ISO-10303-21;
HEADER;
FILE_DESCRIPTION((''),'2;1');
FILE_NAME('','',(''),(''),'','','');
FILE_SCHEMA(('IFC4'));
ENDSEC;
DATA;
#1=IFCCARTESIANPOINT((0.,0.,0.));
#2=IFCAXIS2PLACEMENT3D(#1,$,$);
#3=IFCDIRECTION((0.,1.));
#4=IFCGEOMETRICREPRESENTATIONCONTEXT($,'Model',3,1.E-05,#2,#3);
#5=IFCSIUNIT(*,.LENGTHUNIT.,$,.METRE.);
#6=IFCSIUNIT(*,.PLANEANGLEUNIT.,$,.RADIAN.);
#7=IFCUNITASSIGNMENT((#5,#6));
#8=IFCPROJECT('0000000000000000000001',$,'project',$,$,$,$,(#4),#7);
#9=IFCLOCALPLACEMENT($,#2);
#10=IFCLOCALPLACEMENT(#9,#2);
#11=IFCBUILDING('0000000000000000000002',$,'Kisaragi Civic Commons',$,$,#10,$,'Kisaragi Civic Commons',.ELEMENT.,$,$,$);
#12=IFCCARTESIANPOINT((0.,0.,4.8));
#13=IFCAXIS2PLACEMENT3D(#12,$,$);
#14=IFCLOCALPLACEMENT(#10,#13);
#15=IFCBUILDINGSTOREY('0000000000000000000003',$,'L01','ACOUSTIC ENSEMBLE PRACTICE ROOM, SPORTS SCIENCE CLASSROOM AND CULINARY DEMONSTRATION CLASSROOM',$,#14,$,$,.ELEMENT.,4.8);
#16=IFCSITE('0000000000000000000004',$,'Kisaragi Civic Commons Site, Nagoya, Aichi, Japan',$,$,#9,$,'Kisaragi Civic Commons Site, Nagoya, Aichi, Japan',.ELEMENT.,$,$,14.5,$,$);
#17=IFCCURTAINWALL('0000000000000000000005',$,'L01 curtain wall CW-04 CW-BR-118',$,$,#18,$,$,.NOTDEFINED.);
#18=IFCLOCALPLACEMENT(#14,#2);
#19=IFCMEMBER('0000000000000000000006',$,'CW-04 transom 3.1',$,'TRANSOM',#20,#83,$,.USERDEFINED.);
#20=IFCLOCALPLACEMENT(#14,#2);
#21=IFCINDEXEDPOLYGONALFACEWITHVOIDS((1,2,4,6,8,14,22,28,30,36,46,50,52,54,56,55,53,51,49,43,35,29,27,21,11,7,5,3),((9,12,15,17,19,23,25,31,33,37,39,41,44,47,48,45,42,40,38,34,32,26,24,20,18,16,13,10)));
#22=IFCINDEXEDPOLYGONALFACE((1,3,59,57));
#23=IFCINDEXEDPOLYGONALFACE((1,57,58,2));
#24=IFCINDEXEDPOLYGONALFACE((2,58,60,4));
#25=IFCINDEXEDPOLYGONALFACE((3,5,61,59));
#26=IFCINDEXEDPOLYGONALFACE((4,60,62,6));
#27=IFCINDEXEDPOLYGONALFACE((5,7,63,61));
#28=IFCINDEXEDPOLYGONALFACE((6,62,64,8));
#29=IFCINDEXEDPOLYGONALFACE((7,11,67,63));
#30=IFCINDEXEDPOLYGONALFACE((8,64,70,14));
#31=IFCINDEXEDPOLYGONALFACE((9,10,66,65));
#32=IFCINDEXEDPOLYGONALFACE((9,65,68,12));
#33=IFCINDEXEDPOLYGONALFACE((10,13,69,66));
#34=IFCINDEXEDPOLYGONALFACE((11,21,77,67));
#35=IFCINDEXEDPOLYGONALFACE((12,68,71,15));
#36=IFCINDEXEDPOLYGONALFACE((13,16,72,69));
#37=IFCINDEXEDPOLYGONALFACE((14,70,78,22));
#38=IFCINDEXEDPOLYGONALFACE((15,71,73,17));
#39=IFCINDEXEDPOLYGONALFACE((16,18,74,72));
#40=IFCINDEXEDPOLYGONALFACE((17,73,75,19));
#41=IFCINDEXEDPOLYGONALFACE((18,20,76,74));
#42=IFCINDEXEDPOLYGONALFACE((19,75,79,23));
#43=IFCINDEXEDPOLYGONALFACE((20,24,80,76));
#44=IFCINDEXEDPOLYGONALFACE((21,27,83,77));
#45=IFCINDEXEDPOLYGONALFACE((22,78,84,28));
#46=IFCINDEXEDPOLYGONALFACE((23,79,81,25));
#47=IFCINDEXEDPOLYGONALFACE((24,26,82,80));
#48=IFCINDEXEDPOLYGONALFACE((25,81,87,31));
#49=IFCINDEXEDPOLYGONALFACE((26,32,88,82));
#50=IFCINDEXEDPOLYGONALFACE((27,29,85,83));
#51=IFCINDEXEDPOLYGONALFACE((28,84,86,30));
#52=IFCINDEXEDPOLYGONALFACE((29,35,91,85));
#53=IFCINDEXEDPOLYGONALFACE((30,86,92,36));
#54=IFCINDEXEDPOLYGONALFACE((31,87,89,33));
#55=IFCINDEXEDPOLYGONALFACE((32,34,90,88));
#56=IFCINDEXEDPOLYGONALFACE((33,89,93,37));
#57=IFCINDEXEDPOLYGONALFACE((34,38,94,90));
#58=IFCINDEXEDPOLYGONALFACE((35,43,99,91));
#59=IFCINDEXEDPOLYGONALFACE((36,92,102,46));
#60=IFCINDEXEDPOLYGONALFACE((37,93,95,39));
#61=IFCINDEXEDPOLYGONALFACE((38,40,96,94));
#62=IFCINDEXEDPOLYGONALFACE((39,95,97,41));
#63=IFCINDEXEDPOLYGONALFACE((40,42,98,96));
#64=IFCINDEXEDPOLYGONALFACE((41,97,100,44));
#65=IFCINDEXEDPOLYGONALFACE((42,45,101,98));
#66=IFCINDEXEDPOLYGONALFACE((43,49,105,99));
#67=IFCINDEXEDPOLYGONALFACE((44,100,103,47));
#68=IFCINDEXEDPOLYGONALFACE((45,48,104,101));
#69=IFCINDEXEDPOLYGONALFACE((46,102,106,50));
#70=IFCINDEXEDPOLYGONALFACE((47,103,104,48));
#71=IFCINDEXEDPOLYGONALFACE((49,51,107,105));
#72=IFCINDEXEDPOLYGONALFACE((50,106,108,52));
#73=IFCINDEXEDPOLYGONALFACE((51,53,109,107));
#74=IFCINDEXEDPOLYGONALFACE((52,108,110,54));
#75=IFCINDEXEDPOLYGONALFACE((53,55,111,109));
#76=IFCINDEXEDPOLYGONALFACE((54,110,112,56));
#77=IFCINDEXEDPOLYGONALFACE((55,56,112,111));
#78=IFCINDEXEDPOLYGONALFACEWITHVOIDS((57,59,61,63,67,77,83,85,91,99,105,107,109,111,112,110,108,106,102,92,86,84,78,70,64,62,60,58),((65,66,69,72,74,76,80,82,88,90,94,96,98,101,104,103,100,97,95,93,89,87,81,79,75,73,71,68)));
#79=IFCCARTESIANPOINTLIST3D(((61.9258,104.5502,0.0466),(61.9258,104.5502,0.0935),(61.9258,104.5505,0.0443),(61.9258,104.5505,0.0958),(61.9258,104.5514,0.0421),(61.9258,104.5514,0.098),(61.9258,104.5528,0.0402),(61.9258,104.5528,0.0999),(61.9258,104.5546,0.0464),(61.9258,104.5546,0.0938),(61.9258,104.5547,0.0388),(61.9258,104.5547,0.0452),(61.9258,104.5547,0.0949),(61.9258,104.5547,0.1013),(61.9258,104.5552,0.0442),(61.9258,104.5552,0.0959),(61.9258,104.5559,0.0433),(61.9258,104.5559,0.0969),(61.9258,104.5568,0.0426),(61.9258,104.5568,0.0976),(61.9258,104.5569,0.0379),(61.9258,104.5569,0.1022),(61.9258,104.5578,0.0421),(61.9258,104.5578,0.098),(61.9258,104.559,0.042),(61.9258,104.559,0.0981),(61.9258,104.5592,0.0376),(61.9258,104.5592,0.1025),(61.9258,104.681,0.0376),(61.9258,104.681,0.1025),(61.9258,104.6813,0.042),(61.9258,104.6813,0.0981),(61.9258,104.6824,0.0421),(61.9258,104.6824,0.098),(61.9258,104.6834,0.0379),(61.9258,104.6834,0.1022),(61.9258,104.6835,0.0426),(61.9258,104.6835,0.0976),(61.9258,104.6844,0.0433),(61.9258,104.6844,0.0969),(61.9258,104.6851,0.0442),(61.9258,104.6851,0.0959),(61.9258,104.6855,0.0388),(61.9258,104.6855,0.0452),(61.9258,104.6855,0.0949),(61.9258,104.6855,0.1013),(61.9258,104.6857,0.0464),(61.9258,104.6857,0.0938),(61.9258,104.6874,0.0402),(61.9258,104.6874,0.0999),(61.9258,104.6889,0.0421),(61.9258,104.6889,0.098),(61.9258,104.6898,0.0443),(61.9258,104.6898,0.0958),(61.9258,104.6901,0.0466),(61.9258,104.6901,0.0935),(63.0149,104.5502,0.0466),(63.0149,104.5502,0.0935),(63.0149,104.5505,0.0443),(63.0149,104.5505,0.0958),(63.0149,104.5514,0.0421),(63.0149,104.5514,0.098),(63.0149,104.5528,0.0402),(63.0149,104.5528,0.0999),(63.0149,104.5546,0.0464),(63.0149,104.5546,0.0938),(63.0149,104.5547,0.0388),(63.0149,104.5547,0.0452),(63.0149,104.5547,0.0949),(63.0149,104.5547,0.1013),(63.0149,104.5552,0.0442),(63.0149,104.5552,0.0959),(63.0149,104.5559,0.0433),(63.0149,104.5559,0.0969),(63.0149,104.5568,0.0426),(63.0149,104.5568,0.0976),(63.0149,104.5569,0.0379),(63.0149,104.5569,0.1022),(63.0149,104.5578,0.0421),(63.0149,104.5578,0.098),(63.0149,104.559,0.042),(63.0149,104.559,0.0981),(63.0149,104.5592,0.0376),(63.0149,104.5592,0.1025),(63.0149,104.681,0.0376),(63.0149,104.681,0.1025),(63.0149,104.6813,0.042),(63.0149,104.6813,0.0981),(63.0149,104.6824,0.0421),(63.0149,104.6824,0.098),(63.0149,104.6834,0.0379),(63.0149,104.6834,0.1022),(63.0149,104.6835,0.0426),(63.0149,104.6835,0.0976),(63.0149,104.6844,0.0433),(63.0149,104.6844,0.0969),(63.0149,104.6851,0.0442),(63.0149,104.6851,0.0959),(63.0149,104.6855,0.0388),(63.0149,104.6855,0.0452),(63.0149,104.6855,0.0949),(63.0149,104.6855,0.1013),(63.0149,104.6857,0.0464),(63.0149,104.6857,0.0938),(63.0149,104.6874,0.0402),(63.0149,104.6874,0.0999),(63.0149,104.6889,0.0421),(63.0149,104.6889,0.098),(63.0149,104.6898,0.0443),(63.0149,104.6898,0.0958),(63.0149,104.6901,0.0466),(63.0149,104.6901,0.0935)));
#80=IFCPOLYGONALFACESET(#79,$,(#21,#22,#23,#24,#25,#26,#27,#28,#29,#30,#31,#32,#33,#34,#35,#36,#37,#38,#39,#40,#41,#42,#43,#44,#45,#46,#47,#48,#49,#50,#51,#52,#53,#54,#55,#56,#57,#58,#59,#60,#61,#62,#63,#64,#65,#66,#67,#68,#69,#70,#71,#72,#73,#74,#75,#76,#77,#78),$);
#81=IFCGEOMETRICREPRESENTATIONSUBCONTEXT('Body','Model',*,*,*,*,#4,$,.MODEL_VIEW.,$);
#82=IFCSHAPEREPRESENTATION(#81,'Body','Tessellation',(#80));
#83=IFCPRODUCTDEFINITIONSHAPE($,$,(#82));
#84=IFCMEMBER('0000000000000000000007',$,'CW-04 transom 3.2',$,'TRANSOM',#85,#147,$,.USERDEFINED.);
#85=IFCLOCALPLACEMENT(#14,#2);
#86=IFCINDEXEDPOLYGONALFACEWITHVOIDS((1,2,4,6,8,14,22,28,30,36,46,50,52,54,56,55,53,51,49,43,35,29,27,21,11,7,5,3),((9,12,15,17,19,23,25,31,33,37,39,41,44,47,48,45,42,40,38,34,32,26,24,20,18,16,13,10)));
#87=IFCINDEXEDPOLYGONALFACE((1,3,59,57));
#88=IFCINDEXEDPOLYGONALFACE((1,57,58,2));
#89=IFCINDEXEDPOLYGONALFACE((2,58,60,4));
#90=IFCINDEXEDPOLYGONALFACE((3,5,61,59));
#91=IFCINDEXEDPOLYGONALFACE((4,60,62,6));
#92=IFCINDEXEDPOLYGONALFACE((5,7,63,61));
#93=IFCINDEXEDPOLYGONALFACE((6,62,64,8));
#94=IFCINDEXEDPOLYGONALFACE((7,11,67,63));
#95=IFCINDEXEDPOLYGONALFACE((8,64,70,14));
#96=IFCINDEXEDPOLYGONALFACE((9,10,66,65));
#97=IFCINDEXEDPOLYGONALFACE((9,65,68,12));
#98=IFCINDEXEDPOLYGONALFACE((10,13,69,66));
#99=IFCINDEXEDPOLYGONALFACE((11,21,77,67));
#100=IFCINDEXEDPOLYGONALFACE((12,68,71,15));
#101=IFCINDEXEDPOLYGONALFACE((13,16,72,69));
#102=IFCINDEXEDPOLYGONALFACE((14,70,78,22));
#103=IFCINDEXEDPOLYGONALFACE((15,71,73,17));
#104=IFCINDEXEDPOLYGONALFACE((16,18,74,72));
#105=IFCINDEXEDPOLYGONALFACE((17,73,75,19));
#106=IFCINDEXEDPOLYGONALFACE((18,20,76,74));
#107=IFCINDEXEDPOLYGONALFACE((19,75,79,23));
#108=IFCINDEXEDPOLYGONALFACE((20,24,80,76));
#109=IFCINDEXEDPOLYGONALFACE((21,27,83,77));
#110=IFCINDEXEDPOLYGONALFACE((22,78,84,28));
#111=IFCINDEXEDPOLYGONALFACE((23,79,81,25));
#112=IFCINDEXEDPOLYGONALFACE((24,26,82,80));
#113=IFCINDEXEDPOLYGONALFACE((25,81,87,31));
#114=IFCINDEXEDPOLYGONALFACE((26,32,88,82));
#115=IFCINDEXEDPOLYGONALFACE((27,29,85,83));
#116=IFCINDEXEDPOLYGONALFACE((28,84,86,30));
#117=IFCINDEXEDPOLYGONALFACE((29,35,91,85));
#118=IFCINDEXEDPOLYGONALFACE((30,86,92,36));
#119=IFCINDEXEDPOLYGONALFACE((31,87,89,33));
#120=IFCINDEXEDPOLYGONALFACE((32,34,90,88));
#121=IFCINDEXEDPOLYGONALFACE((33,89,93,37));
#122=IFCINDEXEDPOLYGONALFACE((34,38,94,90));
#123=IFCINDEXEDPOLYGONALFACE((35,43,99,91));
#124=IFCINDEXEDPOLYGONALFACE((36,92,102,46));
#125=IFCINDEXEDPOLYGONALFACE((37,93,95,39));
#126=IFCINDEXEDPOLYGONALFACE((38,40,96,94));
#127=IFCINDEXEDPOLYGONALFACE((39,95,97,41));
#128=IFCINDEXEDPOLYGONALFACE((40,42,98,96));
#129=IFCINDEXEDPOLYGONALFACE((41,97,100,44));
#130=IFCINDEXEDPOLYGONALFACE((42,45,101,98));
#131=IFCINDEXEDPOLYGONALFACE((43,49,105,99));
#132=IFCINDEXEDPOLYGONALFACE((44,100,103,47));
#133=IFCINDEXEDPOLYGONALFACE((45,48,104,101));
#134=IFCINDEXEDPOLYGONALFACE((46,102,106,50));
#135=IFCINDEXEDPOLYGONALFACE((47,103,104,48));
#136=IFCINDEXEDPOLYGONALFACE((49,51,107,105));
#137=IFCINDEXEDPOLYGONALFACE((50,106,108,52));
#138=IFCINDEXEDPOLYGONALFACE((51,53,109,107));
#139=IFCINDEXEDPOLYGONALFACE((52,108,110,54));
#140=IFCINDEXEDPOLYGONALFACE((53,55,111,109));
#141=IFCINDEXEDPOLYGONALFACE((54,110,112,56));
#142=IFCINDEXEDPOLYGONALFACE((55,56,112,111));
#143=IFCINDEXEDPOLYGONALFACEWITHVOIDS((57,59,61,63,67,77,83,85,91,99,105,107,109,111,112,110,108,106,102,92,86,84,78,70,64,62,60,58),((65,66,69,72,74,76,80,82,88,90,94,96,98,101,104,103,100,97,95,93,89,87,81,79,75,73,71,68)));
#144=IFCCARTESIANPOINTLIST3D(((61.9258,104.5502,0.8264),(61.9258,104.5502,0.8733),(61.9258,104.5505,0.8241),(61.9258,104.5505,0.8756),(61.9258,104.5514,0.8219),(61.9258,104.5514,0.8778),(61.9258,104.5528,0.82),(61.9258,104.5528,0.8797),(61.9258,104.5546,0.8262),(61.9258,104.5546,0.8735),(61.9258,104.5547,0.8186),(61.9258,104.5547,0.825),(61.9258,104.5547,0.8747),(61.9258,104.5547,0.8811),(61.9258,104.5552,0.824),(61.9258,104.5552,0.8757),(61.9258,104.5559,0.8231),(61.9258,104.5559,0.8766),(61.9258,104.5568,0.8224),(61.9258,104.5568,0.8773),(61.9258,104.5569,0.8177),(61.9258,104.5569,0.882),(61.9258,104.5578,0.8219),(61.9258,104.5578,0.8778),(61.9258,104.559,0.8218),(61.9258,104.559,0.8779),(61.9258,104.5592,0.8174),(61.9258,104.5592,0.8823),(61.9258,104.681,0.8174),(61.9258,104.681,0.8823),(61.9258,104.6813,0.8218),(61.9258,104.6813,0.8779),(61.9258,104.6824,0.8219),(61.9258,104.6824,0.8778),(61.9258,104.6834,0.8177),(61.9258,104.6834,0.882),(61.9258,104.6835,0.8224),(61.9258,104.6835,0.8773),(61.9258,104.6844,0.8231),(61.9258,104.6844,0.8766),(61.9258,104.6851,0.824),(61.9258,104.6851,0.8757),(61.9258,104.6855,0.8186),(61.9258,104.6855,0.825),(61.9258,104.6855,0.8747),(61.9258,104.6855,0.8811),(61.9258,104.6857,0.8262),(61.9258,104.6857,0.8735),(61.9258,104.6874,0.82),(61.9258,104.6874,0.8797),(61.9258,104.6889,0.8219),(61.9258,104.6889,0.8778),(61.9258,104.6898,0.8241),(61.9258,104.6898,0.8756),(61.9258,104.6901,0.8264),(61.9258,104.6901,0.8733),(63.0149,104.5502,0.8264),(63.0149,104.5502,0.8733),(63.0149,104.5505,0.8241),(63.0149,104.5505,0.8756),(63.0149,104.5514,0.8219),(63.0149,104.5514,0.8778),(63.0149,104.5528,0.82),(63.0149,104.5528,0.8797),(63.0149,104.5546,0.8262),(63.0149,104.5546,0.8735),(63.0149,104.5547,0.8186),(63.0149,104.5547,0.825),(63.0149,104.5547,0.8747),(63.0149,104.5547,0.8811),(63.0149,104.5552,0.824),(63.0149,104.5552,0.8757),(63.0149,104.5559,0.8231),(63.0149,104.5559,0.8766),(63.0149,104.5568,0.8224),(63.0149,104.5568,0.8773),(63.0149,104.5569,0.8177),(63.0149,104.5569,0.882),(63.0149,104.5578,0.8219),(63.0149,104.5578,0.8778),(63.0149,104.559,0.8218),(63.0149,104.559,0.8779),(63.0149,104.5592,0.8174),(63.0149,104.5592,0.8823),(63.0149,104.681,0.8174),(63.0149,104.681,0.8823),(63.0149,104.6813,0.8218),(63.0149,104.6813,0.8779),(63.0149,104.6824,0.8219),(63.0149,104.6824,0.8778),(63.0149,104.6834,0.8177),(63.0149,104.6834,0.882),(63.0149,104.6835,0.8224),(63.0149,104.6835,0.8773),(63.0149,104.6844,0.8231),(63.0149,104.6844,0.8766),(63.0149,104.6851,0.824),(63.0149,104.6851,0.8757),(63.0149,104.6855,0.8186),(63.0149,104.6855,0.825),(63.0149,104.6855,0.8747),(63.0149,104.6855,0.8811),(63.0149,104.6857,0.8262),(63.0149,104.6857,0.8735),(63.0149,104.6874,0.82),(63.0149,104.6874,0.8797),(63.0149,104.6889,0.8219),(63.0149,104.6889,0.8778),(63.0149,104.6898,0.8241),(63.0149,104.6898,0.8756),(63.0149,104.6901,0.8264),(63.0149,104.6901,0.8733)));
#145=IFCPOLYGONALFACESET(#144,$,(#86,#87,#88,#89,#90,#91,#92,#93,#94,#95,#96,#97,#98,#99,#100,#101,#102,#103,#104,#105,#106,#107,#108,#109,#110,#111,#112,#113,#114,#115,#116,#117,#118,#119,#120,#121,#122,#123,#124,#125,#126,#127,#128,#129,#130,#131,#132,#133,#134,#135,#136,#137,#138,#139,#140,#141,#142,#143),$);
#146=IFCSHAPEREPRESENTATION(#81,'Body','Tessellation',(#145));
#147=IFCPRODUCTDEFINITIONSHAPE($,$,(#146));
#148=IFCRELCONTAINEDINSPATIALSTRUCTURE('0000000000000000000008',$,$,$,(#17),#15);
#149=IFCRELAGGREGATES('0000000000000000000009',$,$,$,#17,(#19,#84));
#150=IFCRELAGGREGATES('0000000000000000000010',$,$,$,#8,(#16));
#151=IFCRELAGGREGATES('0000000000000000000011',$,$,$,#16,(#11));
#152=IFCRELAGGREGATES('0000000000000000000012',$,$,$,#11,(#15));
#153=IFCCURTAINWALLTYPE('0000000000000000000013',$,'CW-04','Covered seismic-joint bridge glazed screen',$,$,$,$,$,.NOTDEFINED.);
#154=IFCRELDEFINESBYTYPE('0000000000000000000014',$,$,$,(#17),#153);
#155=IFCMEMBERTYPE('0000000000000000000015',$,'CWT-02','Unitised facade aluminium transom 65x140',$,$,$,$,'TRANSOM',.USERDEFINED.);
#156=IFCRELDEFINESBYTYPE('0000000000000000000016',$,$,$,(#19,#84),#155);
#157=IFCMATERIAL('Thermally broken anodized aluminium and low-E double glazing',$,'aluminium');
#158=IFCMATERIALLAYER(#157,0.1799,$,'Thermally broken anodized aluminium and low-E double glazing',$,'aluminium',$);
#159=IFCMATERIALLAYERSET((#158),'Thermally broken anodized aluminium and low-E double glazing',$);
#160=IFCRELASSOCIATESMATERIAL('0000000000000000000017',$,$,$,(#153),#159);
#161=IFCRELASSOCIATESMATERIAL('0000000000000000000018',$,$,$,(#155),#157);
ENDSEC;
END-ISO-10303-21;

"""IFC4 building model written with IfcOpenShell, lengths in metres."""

from ifc_helpers import new_model, si_unit, direction, frame, origin, origin_2d, place, context, subcontext, project, spatial, hollow_rectangle, extrude, material, layer, layer_set, material_profile, profile_set, type_object, element, aggregate, save


model = new_model("IFC4")

# Units and contexts
model_context = context("Model", 3, precision=1e-05, world=origin(), true_north=direction((0.0, 1.0)))
body_context = subcontext(model_context, "Body", "Model", "MODEL_VIEW")
ifc_project = project(units=[si_unit("LENGTHUNIT", "METRE"), si_unit("PLANEANGLEUNIT", "RADIAN")], contexts=[model_context])

# Site, building, storey
site_placement = place(None, origin())
site = spatial("IfcSite", under=ifc_project, at=site_placement, Name="Kisaragi Civic Commons Site, Nagoya, Aichi, Japan", LongName="Kisaragi Civic Commons Site, Nagoya, Aichi, Japan", CompositionType="ELEMENT", RefElevation=14.5)
building_placement = place(site_placement, origin())
building = spatial("IfcBuilding", under=site, at=building_placement, Name="Kisaragi Civic Commons", LongName="Kisaragi Civic Commons", CompositionType="ELEMENT")
storey_placement = place(building_placement, frame((0.0, 0.0, 4.8)))
storey = spatial("IfcBuildingStorey", under=building, at=storey_placement, Name="L01", Description="ACOUSTIC ENSEMBLE PRACTICE ROOM, SPORTS SCIENCE CLASSROOM AND CULINARY DEMONSTRATION CLASSROOM", CompositionType="ELEMENT", Elevation=4.8)

# Curtain wall
ifc_material_1 = material(Name="Thermally broken anodized aluminium and low-E double glazing", Category="aluminium")
ifc_layer_1 = layer(ifc_material_1, 0.1799, Name="Thermally broken anodized aluminium and low-E double glazing", Category="aluminium")
ifc_layer_set_1 = layer_set([ifc_layer_1], Name="Thermally broken anodized aluminium and low-E double glazing")
curtain_wall_type = type_object("IfcCurtainWallType", Name="CW-04", Description="Covered seismic-joint bridge glazed screen", PredefinedType="NOTDEFINED", material=ifc_layer_set_1)
curtain_wall_1_placement = place(storey_placement, origin())
curtain_wall_1 = element("IfcCurtainWall", 1, at=curtain_wall_1_placement, inside=storey, type_object=curtain_wall_type, Name="L01 curtain wall CW-04 CW-BR-118", PredefinedType="NOTDEFINED")

# Members
ifc_material_profile_1 = material_profile(ifc_material_1, hollow_rectangle(XDim=0.1399, YDim=0.0649, WallThickness=0.0044, InnerFilletRadius=0.0044, OuterFilletRadius=0.009, at=origin_2d()), Name="CWT-65x140x4.5", Category="aluminium")
ifc_profile_set_1 = profile_set([ifc_material_profile_1], Name="Thermally broken anodized aluminium and low-E double glazing")
member_type_1 = type_object("IfcMemberType", Name="CWT-02", Description="Unitised facade aluminium transom 65x140", ElementType="TRANSOM", PredefinedType="USERDEFINED", material=ifc_profile_set_1)
member_1_placement = place(storey_placement, frame((61.9258, 104.6201, 0.0701), z_axis=(1.0, 0.0, 0.0), x_axis=(0.0, 1.0, 0.0)))
member_1 = element("IfcMember", 2, at=member_1_placement, type_object=member_type_1, Name="CW-04 transom 3.1", ObjectType="TRANSOM", PredefinedType="USERDEFINED", context=body_context, shape_type="SweptSolid", body=[
    extrude(hollow_rectangle(XDim=0.1399, YDim=0.0649, WallThickness=0.0044, InnerFilletRadius=0.0044, OuterFilletRadius=0.009, at=origin_2d()), origin(), (0.0, 0.0, 1.0), 1.0891),
])
member_2_placement = place(storey_placement, frame((61.9258, 104.6201, 0.8499), z_axis=(1.0, 0.0, 0.0), x_axis=(0.0, 1.0, 0.0)))
member_2 = element("IfcMember", 3, at=member_2_placement, type_object=member_type_1, Name="CW-04 transom 3.2", ObjectType="TRANSOM", PredefinedType="USERDEFINED", context=body_context, shape_type="SweptSolid", body=[
    extrude(hollow_rectangle(XDim=0.1399, YDim=0.0649, WallThickness=0.0044, InnerFilletRadius=0.0044, OuterFilletRadius=0.009, at=origin_2d()), origin(), (0.0, 0.0, 1.0), 1.0891),
])

aggregate(curtain_wall_1, [member_1, member_2])

save(model, "model.ifc")
